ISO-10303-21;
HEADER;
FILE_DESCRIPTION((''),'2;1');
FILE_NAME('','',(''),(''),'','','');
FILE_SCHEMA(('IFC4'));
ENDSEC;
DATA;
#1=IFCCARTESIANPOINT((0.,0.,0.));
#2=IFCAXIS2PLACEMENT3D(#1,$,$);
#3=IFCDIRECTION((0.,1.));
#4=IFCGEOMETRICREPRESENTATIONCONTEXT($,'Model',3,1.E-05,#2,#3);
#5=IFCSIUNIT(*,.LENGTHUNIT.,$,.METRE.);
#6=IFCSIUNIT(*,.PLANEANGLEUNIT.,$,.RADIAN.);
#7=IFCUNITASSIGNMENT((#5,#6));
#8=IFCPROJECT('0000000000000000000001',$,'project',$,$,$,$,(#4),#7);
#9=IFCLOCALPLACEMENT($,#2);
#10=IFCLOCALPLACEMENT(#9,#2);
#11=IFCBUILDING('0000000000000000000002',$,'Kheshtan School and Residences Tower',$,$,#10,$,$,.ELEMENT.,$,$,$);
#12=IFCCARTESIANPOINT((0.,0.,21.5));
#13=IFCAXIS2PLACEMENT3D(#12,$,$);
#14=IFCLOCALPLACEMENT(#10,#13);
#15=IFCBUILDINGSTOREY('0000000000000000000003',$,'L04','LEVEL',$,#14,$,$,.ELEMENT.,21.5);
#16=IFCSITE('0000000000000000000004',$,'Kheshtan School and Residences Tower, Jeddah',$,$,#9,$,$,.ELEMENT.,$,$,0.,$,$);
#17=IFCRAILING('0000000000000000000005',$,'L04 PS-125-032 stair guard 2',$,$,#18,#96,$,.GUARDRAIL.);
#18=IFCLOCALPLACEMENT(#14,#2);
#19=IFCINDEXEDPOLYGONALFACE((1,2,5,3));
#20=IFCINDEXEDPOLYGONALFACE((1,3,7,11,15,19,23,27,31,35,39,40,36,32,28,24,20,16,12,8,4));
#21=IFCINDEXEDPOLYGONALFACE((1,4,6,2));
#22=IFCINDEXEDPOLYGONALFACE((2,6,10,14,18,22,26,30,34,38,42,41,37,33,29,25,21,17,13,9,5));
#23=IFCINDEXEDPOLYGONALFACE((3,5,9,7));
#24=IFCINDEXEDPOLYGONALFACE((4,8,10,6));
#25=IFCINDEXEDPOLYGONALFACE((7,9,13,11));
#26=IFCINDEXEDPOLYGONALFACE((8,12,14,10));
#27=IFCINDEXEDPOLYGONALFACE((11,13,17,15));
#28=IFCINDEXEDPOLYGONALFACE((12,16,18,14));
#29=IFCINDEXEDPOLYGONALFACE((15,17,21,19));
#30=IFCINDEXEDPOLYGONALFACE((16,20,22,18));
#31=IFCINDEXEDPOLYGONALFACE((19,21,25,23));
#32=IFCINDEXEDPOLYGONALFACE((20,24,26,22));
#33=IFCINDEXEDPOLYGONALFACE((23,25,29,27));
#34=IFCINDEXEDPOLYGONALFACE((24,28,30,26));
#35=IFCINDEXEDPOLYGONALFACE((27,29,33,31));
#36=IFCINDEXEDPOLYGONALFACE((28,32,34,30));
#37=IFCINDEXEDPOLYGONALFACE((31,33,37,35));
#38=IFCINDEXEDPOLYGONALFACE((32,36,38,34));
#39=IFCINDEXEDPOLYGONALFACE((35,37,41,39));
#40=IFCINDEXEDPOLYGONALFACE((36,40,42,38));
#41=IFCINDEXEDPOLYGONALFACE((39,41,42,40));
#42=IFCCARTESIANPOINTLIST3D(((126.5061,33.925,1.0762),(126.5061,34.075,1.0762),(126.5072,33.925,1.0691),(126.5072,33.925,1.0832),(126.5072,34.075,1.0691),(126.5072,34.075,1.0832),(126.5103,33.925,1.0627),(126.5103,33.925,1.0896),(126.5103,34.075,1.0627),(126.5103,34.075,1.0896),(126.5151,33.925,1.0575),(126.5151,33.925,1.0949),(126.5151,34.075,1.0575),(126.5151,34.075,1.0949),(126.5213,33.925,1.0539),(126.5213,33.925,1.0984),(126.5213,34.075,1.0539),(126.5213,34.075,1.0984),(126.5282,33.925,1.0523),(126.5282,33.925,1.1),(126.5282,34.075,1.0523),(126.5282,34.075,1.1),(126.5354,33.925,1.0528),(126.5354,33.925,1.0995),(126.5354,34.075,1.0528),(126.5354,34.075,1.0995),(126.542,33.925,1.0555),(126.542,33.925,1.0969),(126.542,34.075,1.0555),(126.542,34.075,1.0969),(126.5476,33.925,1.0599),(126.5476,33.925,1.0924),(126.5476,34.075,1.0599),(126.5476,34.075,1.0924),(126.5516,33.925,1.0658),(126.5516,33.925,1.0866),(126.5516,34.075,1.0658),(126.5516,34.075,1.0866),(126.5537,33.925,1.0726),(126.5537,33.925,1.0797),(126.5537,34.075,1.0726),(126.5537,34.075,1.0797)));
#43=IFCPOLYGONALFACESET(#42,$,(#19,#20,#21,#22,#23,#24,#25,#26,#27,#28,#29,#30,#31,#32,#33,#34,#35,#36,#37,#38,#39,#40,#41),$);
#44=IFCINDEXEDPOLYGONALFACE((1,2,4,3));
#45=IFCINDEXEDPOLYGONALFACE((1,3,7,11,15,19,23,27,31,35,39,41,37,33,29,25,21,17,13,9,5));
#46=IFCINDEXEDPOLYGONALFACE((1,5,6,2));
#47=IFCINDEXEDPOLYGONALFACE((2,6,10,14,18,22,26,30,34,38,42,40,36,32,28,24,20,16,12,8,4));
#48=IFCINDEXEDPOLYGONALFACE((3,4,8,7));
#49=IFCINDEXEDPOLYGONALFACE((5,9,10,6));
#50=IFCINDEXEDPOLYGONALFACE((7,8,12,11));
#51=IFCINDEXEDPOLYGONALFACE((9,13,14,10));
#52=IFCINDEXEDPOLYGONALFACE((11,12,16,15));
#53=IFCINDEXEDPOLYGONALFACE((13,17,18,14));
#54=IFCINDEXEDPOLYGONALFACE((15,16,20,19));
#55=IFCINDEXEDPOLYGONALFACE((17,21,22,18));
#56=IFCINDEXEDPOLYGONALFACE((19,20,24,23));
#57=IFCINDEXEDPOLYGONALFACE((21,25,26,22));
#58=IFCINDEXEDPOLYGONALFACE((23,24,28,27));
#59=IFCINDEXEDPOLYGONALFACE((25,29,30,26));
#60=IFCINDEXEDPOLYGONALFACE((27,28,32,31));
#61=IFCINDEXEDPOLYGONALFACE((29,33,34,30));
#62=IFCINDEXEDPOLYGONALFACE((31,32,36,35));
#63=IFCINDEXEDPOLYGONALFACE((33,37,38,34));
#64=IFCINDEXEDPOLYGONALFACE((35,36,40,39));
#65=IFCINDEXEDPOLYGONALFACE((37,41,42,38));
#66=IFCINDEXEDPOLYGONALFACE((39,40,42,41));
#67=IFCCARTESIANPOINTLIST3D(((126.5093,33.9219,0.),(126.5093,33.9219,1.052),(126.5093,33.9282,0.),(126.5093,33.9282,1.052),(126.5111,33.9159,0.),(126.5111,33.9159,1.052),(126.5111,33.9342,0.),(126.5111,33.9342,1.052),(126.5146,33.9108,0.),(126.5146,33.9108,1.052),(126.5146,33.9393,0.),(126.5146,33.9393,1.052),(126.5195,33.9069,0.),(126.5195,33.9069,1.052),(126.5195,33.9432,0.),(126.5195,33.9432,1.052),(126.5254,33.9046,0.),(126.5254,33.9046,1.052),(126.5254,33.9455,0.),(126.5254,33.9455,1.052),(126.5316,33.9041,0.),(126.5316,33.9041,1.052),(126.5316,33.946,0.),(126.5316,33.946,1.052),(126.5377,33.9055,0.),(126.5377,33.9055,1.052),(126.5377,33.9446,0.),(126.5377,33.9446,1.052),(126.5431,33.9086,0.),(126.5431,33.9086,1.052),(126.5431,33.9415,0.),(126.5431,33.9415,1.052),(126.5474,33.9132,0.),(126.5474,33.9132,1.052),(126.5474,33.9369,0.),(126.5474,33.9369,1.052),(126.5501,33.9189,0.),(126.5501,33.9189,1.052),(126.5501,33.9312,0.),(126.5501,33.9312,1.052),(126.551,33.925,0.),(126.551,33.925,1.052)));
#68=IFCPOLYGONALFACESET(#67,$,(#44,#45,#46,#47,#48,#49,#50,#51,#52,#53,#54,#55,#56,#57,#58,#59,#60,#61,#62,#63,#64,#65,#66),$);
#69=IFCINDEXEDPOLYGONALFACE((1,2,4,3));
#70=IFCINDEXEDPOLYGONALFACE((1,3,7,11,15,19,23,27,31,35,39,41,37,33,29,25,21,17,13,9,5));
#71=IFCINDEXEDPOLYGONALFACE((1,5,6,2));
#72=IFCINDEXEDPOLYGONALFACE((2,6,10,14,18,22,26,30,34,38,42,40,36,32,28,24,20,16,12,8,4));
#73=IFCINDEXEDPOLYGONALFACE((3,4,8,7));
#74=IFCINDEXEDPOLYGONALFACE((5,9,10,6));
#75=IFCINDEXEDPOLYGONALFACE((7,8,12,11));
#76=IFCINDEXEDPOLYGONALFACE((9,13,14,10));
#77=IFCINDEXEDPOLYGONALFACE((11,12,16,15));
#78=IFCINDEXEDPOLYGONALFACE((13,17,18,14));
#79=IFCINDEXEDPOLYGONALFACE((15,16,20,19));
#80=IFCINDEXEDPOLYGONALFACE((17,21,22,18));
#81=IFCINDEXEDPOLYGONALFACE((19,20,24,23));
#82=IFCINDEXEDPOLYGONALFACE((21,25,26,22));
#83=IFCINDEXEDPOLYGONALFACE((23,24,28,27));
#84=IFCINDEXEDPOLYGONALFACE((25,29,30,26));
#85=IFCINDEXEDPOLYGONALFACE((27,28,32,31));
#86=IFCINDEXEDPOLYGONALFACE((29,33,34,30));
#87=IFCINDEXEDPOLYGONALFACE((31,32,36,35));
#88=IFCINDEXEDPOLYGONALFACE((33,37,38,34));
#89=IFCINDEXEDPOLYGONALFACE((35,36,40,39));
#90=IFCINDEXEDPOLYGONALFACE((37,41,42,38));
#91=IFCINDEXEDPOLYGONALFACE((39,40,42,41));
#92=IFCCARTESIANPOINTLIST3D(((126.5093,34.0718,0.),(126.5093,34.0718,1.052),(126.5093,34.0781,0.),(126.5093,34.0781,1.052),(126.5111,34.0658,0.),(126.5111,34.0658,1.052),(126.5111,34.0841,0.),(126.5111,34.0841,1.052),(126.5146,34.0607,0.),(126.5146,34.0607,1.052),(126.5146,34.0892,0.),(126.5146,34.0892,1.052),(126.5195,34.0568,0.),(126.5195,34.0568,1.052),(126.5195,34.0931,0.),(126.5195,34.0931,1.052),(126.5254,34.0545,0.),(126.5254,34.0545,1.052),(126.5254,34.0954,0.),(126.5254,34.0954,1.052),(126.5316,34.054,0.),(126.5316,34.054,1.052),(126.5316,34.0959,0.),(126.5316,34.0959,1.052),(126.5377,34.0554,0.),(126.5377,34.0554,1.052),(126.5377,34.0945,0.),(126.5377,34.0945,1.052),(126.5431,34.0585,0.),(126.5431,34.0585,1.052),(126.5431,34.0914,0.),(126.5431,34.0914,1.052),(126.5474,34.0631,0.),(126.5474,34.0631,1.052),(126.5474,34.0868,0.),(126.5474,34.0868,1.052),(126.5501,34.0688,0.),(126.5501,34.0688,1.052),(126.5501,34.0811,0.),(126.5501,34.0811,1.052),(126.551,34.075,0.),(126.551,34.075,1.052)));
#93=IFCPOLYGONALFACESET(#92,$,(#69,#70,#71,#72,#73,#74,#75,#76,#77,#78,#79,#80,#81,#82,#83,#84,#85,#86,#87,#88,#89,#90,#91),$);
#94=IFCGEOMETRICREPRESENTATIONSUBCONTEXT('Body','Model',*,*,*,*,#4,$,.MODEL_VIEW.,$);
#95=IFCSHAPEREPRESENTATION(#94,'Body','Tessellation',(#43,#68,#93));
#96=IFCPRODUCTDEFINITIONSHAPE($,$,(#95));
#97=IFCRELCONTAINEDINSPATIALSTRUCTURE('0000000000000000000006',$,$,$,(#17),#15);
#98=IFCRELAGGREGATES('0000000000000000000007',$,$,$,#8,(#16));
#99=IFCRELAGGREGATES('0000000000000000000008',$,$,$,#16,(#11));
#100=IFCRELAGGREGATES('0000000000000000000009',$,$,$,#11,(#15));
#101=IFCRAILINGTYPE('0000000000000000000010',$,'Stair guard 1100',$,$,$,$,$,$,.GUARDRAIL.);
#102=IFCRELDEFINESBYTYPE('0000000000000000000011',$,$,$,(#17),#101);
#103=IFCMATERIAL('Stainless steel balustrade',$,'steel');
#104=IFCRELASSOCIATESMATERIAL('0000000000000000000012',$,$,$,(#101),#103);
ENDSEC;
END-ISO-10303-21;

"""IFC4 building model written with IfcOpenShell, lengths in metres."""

from ifc_helpers import new_model, si_unit, direction, frame, origin, origin_2d, place, context, subcontext, project, spatial, circle, extrude, material, type_object, element, save


model = new_model("IFC4")

# Units and contexts
model_context = context("Model", 3, precision=1e-05, world=origin(), true_north=direction((0.0, 1.0)))
body_context = subcontext(model_context, "Body", "Model", "MODEL_VIEW")
ifc_project = project(units=[si_unit("LENGTHUNIT", "METRE"), si_unit("PLANEANGLEUNIT", "RADIAN")], contexts=[model_context])

# Site, building, storey
site_placement = place(None, origin())
site = spatial("IfcSite", under=ifc_project, at=site_placement, Name="Kheshtan School and Residences Tower, Jeddah", CompositionType="ELEMENT", RefElevation=0.0)
building_placement = place(site_placement, origin())
building = spatial("IfcBuilding", under=site, at=building_placement, Name="Kheshtan School and Residences Tower", CompositionType="ELEMENT")
storey_placement = place(building_placement, frame((0.0, 0.0, 21.5)))
storey = spatial("IfcBuildingStorey", under=building, at=storey_placement, Name="L04", Description="LEVEL", CompositionType="ELEMENT", Elevation=21.5)

# Railing
ifc_material_1 = material(Name="Stainless steel balustrade", Category="steel")
railing_type_1 = type_object("IfcRailingType", Name="Stair guard 1100", PredefinedType="GUARDRAIL", material=ifc_material_1)
railing_1_placement = place(storey_placement, frame((126.53, 33.925, 0.0)))
element("IfcRailing", 1, at=railing_1_placement, inside=storey, type_object=railing_type_1, Name="L04 PS-125-032 stair guard 2", PredefinedType="GUARDRAIL", context=body_context, shape_type="SweptSolid", body=[
    extrude(circle(Radius=0.0239, at=origin_2d()), frame((0.0, 0.0, 1.0762), z_axis=(0.0, 1.0, 0.0), x_axis=(-1.0, 0.0, 0.0)), (0.0, 0.0, 1.0), 0.1499),
    extrude(circle(Radius=0.021, at=origin_2d()), origin(), (0.0, 0.0, 1.0), 1.052),
    extrude(circle(Radius=0.021, at=origin_2d()), frame((0.0, 0.1499, 0.0)), (0.0, 0.0, 1.0), 1.052),
])

save(model, "model.ifc")
